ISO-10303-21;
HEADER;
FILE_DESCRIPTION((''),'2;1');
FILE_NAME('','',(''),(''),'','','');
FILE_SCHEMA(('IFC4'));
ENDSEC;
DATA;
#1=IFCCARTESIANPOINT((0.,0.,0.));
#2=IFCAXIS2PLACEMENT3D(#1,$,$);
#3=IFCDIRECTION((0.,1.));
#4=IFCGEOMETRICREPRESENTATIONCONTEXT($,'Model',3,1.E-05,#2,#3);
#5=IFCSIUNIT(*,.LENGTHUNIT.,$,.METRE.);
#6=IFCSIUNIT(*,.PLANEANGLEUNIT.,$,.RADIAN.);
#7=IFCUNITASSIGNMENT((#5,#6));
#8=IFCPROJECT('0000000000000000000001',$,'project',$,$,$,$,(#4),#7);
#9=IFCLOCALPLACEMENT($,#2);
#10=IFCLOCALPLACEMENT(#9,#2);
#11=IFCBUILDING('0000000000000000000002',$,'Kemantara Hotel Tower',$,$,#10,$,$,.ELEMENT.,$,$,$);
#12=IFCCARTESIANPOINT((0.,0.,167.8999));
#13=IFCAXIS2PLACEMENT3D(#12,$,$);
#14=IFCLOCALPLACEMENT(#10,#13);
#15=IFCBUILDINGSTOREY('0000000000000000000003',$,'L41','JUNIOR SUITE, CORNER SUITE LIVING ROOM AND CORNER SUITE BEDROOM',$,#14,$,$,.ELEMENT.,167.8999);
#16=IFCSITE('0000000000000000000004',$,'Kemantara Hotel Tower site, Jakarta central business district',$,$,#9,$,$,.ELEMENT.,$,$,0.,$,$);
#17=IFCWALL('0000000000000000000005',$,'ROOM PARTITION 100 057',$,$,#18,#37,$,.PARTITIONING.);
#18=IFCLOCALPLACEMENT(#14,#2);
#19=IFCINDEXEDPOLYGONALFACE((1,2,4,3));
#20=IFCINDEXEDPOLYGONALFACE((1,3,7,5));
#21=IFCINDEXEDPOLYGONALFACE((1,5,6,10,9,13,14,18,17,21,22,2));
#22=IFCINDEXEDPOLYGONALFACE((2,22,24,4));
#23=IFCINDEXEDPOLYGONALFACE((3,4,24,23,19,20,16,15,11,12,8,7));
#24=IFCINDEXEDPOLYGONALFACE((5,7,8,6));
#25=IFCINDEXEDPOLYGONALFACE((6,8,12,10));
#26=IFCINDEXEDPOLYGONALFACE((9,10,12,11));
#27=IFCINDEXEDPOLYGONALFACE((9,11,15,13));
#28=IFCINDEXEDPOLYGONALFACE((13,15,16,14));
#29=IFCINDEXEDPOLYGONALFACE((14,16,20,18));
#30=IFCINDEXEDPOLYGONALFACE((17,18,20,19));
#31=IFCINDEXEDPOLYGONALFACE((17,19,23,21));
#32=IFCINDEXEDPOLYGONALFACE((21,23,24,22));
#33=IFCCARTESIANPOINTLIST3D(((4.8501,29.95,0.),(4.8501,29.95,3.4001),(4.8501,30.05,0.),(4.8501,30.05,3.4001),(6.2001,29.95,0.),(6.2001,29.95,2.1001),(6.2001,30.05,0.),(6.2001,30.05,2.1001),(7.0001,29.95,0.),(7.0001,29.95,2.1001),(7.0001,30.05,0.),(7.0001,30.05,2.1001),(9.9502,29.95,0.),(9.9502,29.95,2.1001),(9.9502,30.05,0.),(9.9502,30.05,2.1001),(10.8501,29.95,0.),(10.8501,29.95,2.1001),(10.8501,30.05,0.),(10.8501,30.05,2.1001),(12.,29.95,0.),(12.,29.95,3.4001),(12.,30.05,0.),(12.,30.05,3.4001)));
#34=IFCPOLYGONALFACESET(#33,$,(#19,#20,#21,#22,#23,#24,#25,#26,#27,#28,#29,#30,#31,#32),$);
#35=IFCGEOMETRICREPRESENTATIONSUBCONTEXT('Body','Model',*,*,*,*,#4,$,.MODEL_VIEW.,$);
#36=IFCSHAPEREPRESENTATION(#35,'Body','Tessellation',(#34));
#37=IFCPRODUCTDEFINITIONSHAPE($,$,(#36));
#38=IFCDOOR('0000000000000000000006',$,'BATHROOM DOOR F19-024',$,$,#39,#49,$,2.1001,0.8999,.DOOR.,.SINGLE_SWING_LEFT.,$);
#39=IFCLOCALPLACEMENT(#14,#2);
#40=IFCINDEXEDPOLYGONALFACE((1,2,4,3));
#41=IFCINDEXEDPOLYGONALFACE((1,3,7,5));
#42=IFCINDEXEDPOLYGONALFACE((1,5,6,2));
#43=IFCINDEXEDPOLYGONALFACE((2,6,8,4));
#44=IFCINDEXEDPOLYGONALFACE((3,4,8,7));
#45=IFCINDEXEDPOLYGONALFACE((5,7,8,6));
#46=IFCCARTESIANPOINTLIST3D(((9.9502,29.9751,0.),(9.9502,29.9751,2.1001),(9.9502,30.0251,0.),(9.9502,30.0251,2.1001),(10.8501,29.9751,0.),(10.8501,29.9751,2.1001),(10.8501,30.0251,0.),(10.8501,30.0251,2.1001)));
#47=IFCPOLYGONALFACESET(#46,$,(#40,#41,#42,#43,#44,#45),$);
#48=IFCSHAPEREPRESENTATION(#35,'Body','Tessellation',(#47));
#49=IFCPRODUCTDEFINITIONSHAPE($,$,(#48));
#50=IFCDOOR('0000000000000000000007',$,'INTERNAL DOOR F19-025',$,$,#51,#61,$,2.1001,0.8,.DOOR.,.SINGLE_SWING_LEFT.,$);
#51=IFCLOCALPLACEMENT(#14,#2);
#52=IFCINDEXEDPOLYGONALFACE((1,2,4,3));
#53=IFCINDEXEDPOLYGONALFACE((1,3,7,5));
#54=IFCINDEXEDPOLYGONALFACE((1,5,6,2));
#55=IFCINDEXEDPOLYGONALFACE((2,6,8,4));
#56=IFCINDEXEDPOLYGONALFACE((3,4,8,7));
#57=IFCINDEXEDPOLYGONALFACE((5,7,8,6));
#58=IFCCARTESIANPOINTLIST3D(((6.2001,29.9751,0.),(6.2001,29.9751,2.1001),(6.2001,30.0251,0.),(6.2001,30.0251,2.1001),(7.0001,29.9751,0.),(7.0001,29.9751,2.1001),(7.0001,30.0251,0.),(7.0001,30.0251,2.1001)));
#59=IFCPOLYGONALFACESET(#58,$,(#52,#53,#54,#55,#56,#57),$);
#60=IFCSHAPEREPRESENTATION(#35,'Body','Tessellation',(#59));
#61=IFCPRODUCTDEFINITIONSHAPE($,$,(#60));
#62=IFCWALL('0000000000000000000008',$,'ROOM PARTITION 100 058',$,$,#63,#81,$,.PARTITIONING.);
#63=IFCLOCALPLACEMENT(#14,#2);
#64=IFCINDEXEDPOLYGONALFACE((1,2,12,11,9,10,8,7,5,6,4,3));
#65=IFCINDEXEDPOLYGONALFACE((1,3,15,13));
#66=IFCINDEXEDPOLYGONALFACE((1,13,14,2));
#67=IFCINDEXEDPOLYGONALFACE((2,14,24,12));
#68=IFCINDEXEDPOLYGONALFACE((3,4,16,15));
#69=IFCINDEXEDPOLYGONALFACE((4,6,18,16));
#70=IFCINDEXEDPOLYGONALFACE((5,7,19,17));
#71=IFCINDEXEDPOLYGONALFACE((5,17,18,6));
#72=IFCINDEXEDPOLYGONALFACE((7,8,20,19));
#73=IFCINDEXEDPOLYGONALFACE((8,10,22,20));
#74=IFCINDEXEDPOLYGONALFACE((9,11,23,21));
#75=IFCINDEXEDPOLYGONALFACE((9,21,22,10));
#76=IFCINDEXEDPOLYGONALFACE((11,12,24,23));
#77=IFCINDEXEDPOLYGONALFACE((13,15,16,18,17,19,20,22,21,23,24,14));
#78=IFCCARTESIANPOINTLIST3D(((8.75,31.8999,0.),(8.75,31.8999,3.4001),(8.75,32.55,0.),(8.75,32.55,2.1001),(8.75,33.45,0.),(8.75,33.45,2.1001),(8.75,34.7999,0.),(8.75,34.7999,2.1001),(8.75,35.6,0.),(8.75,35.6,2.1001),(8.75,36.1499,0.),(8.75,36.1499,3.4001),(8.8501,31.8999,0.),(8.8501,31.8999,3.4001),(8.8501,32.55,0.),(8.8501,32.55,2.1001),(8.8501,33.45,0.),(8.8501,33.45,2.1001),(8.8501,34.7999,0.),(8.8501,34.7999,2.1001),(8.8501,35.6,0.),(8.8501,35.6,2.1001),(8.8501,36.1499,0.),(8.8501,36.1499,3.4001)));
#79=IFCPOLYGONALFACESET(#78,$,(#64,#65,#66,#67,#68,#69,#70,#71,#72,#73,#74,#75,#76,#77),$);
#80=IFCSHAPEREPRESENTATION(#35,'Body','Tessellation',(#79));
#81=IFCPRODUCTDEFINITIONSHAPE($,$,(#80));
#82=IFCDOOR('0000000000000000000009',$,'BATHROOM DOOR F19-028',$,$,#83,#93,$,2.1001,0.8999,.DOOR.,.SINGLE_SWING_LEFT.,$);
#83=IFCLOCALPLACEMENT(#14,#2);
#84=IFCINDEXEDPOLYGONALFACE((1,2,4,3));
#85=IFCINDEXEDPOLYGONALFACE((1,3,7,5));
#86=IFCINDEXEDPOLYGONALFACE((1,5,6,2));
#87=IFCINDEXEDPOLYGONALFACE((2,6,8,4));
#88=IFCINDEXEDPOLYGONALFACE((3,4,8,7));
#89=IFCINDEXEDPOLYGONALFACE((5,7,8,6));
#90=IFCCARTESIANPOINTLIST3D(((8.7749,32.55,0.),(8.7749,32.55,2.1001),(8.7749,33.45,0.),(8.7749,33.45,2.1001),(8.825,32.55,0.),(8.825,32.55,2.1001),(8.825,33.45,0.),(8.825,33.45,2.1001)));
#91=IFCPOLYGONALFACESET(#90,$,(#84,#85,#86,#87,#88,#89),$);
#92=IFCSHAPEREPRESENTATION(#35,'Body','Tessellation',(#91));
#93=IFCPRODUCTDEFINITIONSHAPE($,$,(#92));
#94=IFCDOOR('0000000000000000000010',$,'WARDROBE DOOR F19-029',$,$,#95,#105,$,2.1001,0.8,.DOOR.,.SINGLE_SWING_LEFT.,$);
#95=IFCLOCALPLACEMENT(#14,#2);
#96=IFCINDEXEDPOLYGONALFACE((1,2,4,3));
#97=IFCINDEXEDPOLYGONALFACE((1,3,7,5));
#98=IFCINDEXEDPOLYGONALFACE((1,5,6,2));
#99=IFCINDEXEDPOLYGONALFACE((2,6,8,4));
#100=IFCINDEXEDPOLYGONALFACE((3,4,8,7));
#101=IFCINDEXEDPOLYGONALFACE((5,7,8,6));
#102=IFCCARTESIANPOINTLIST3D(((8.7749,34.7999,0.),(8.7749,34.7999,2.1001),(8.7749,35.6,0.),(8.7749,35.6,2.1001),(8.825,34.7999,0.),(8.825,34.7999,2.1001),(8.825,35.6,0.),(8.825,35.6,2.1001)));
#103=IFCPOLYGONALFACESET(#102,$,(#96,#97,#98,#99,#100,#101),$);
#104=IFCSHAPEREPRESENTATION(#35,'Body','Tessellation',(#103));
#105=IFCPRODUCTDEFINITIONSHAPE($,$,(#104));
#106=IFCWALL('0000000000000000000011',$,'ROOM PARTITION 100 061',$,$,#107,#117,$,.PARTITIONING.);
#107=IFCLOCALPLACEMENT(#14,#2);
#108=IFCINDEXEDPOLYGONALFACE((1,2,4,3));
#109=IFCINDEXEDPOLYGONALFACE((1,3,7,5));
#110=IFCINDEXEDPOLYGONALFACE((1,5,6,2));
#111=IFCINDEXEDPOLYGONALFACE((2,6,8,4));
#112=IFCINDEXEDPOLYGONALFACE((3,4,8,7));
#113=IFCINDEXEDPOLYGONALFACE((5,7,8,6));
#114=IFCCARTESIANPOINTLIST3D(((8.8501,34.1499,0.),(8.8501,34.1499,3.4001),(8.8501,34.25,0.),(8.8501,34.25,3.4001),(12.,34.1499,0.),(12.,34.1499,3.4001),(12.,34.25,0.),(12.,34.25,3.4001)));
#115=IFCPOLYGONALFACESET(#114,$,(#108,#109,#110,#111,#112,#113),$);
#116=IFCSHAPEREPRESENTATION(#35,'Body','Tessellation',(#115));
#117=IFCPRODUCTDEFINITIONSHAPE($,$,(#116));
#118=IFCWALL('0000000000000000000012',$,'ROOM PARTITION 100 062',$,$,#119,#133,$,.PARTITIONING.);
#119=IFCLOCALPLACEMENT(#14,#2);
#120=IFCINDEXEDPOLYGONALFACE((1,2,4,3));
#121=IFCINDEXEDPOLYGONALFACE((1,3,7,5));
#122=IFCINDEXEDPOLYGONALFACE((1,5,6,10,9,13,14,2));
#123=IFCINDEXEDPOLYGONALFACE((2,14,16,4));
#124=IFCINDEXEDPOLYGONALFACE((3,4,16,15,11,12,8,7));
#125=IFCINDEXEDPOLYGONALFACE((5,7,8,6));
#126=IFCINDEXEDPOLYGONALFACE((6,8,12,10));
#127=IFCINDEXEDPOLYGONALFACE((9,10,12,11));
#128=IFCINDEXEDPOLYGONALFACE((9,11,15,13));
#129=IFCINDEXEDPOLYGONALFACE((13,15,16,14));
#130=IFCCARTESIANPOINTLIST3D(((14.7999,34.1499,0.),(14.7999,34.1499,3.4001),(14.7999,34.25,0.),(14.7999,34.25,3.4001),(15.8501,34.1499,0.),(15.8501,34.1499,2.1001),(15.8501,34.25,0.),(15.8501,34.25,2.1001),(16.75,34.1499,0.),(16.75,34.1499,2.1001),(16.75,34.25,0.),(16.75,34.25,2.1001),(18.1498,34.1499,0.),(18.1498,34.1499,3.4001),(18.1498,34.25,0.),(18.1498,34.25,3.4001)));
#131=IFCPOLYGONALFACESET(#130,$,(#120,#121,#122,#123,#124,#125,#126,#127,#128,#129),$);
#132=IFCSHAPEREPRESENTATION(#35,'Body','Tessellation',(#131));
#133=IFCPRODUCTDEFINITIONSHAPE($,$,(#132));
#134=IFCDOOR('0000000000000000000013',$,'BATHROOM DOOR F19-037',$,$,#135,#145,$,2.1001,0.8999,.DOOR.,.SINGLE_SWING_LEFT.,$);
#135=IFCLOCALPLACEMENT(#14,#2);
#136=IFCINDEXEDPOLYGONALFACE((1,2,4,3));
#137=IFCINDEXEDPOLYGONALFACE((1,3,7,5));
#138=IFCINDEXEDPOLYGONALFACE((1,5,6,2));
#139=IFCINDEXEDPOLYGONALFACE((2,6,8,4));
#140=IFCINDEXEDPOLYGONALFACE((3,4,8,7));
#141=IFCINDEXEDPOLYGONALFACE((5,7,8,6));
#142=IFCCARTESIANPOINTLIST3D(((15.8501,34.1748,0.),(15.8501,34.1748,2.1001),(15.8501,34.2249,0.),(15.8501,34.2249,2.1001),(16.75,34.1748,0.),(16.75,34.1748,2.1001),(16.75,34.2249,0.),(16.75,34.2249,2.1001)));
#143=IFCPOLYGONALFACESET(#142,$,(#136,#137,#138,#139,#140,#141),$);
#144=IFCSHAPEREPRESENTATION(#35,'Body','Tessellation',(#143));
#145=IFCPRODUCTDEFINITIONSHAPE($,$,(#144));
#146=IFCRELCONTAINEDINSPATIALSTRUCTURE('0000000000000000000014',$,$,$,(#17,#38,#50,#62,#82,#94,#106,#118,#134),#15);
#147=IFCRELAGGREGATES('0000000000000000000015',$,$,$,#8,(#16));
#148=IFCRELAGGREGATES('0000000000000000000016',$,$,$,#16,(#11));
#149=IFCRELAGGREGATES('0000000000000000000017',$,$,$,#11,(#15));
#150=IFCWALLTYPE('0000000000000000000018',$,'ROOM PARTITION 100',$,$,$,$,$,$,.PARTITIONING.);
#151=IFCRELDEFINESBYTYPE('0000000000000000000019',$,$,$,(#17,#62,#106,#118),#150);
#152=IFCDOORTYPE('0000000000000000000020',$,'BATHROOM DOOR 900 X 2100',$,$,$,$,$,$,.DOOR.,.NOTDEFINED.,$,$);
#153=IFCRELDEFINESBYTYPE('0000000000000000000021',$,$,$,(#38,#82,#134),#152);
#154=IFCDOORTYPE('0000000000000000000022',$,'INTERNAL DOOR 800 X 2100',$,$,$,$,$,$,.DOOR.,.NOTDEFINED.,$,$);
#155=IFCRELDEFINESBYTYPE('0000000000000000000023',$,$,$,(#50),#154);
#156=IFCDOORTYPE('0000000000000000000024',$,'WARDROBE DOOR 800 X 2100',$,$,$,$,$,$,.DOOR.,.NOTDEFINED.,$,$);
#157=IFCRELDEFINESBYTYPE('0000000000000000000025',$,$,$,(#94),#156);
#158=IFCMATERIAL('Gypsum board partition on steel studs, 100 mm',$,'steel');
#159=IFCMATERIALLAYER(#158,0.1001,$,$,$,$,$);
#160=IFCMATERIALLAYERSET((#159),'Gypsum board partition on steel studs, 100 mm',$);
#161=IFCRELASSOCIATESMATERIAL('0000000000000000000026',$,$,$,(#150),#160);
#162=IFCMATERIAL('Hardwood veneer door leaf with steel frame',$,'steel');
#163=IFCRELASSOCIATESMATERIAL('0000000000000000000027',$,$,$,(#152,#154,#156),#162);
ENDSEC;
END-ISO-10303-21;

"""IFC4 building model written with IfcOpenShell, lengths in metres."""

from ifc_helpers import new_model, si_unit, direction, frame, frame_2d, origin, place, context, subcontext, project, spatial, rectangle, extrude, material, layer, layer_set, type_object, element, fill, save


model = new_model("IFC4")

# Units and contexts
model_context = context("Model", 3, precision=1e-05, world=origin(), true_north=direction((0.0, 1.0)))
body_context = subcontext(model_context, "Body", "Model", "MODEL_VIEW")
ifc_project = project(units=[si_unit("LENGTHUNIT", "METRE"), si_unit("PLANEANGLEUNIT", "RADIAN")], contexts=[model_context])

# Site, building, storey
site_placement = place(None, origin())
site = spatial("IfcSite", under=ifc_project, at=site_placement, Name="Kemantara Hotel Tower site, Jakarta central business district", CompositionType="ELEMENT", RefElevation=0.0)
building_placement = place(site_placement, origin())
building = spatial("IfcBuilding", under=site, at=building_placement, Name="Kemantara Hotel Tower", CompositionType="ELEMENT")
storey_placement = place(building_placement, frame((0.0, 0.0, 167.8999)))
storey = spatial("IfcBuildingStorey", under=building, at=storey_placement, Name="L41", Description="JUNIOR SUITE, CORNER SUITE LIVING ROOM AND CORNER SUITE BEDROOM", CompositionType="ELEMENT", Elevation=167.8999)

# Shared definitions
ifc_material_1 = material(Name="Hardwood veneer door leaf with steel frame", Category="steel")

# Shared definitions
ifc_material_2 = material(Name="Gypsum board partition on steel studs, 100 mm", Category="steel")
ifc_layer_1 = layer(ifc_material_2, 0.1001)
ifc_layer_set_1 = layer_set([ifc_layer_1], Name="Gypsum board partition on steel studs, 100 mm")
wall_type_1 = type_object("IfcWallType", Name="ROOM PARTITION 100", PredefinedType="PARTITIONING", material=ifc_layer_set_1)

# Walls, openings, doors
wall_1_placement = place(storey_placement, frame((12.0, 30.0, 0.0), z_axis=(0.0, 0.0, 1.0), x_axis=(-1.0, 0.0, 0.0)))
wall_1 = element("IfcWall", 1, at=wall_1_placement, inside=storey, type_object=wall_type_1, Name="ROOM PARTITION 100 057", PredefinedType="PARTITIONING", context=body_context, shape_type="SweptSolid", body=[
    extrude(rectangle(XDim=7.1499, YDim=0.1001, at=frame_2d((3.575, 0.0))), origin(), (0.0, 0.0, 1.0), 3.4001),
])
opening_1_placement = place(wall_1_placement, frame((1.1499, 0.0, 0.0)))
opening_1 = element("IfcOpeningElement", 2, at=opening_1_placement, cuts=wall_1, PredefinedType="OPENING", context=body_context, shape_type="SweptSolid", body=[
    extrude(rectangle(XDim=0.8999, YDim=2.1001, at=frame_2d((0.45, 1.05))), frame((0.0, 0.0601, 0.0), z_axis=(0.0, -1.0, 0.0), x_axis=(1.0, 0.0, 0.0)), (0.0, 0.0, 1.0), 0.1201),
])
opening_2_placement = place(wall_1_placement, frame((5.0, 0.0, 0.0)))
opening_2 = element("IfcOpeningElement", 3, at=opening_2_placement, cuts=wall_1, PredefinedType="OPENING", context=body_context, shape_type="SweptSolid", body=[
    extrude(rectangle(XDim=0.8, YDim=2.1001, at=frame_2d((0.3999, 1.05))), frame((0.0, 0.0601, 0.0), z_axis=(0.0, -1.0, 0.0), x_axis=(1.0, 0.0, 0.0)), (0.0, 0.0, 1.0), 0.1201),
])
door_type_1 = type_object("IfcDoorType", Name="BATHROOM DOOR 900 X 2100", OperationType="NOTDEFINED", PredefinedType="DOOR", material=ifc_material_1)
door_1_placement = place(opening_1_placement, origin())
door_1 = element("IfcDoor", 4, at=door_1_placement, inside=storey, type_object=door_type_1, Name="BATHROOM DOOR F19-024", OperationType="SINGLE_SWING_LEFT", OverallHeight=2.1001, OverallWidth=0.8999, PredefinedType="DOOR", context=body_context, shape_type="SweptSolid", body=[
    extrude(rectangle(XDim=0.8999, YDim=2.1001, at=frame_2d((0.45, 1.05))), frame((0.0, 0.0249, 0.0), z_axis=(0.0, -1.0, 0.0), x_axis=(1.0, 0.0, 0.0)), (0.0, 0.0, 1.0), 0.05),
])
fill(opening_1, door_1)
door_type_2 = type_object("IfcDoorType", Name="INTERNAL DOOR 800 X 2100", OperationType="NOTDEFINED", PredefinedType="DOOR", material=ifc_material_1)
door_2_placement = place(opening_2_placement, origin())
door_2 = element("IfcDoor", 5, at=door_2_placement, inside=storey, type_object=door_type_2, Name="INTERNAL DOOR F19-025", OperationType="SINGLE_SWING_LEFT", OverallHeight=2.1001, OverallWidth=0.8, PredefinedType="DOOR", context=body_context, shape_type="SweptSolid", body=[
    extrude(rectangle(XDim=0.8, YDim=2.1001, at=frame_2d((0.3999, 1.05))), frame((0.0, 0.0249, 0.0), z_axis=(0.0, -1.0, 0.0), x_axis=(1.0, 0.0, 0.0)), (0.0, 0.0, 1.0), 0.05),
])
fill(opening_2, door_2)
wall_2_placement = place(storey_placement, frame((8.8, 36.1499, 0.0), z_axis=(0.0, 0.0, 1.0), x_axis=(0.0, -1.0, 0.0)))
wall_2 = element("IfcWall", 6, at=wall_2_placement, inside=storey, type_object=wall_type_1, Name="ROOM PARTITION 100 058", PredefinedType="PARTITIONING", context=body_context, shape_type="SweptSolid", body=[
    extrude(rectangle(XDim=4.25, YDim=0.1001, at=frame_2d((2.125, 0.0))), origin(), (0.0, 0.0, 1.0), 3.4001),
])
opening_3_placement = place(wall_2_placement, frame((2.7, 0.0, 0.0)))
opening_3 = element("IfcOpeningElement", 7, at=opening_3_placement, cuts=wall_2, PredefinedType="OPENING", context=body_context, shape_type="SweptSolid", body=[
    extrude(rectangle(XDim=0.8999, YDim=2.1001, at=frame_2d((0.45, 1.05))), frame((0.0, 0.0601, 0.0), z_axis=(0.0, -1.0, 0.0), x_axis=(1.0, 0.0, 0.0)), (0.0, 0.0, 1.0), 0.1201),
])
opening_4_placement = place(wall_2_placement, frame((0.55, 0.0, 0.0)))
opening_4 = element("IfcOpeningElement", 8, at=opening_4_placement, cuts=wall_2, PredefinedType="OPENING", context=body_context, shape_type="SweptSolid", body=[
    extrude(rectangle(XDim=0.8, YDim=2.1001, at=frame_2d((0.3999, 1.05))), frame((0.0, 0.0601, 0.0), z_axis=(0.0, -1.0, 0.0), x_axis=(1.0, 0.0, 0.0)), (0.0, 0.0, 1.0), 0.1201),
])
door_3_placement = place(opening_3_placement, origin())
door_3 = element("IfcDoor", 9, at=door_3_placement, inside=storey, type_object=door_type_1, Name="BATHROOM DOOR F19-028", OperationType="SINGLE_SWING_LEFT", OverallHeight=2.1001, OverallWidth=0.8999, PredefinedType="DOOR", context=body_context, shape_type="SweptSolid", body=[
    extrude(rectangle(XDim=0.8999, YDim=2.1001, at=frame_2d((0.45, 1.05))), frame((0.0, 0.0249, 0.0), z_axis=(0.0, -1.0, 0.0), x_axis=(1.0, 0.0, 0.0)), (0.0, 0.0, 1.0), 0.05),
])
fill(opening_3, door_3)
door_type_3 = type_object("IfcDoorType", Name="WARDROBE DOOR 800 X 2100", OperationType="NOTDEFINED", PredefinedType="DOOR", material=ifc_material_1)
door_4_placement = place(opening_4_placement, origin())
door_4 = element("IfcDoor", 10, at=door_4_placement, inside=storey, type_object=door_type_3, Name="WARDROBE DOOR F19-029", OperationType="SINGLE_SWING_LEFT", OverallHeight=2.1001, OverallWidth=0.8, PredefinedType="DOOR", context=body_context, shape_type="SweptSolid", body=[
    extrude(rectangle(XDim=0.8, YDim=2.1001, at=frame_2d((0.3999, 1.05))), frame((0.0, 0.0249, 0.0), z_axis=(0.0, -1.0, 0.0), x_axis=(1.0, 0.0, 0.0)), (0.0, 0.0, 1.0), 0.05),
])
fill(opening_4, door_4)

# Wall
wall_3_placement = place(storey_placement, frame((8.8501, 34.2, 0.0), z_axis=(0.0, 0.0, 1.0), x_axis=(1.0, 0.0, 0.0)))
element("IfcWall", 11, at=wall_3_placement, inside=storey, type_object=wall_type_1, Name="ROOM PARTITION 100 061", PredefinedType="PARTITIONING", context=body_context, shape_type="SweptSolid", body=[
    extrude(rectangle(XDim=3.1499, YDim=0.1001, at=frame_2d((1.575, 0.0))), origin(), (0.0, 0.0, 1.0), 3.4001),
])

# Wall, opening, door
wall_4_placement = place(storey_placement, frame((14.8, 34.2, 0.0), z_axis=(0.0, 0.0, 1.0), x_axis=(1.0, 0.0, 0.0)))
wall_4 = element("IfcWall", 12, at=wall_4_placement, inside=storey, type_object=wall_type_1, Name="ROOM PARTITION 100 062", PredefinedType="PARTITIONING", context=body_context, shape_type="SweptSolid", body=[
    extrude(rectangle(XDim=3.3499, YDim=0.1001, at=frame_2d((1.6748, 0.0))), origin(), (0.0, 0.0, 1.0), 3.4001),
])
opening_5_placement = place(wall_4_placement, frame((1.05, 0.0, 0.0)))
opening_5 = element("IfcOpeningElement", 13, at=opening_5_placement, cuts=wall_4, PredefinedType="OPENING", context=body_context, shape_type="SweptSolid", body=[
    extrude(rectangle(XDim=0.8999, YDim=2.1001, at=frame_2d((0.45, 1.05))), frame((0.0, 0.0601, 0.0), z_axis=(0.0, -1.0, 0.0), x_axis=(1.0, 0.0, 0.0)), (0.0, 0.0, 1.0), 0.1201),
])
door_5_placement = place(opening_5_placement, origin())
door_5 = element("IfcDoor", 14, at=door_5_placement, inside=storey, type_object=door_type_1, Name="BATHROOM DOOR F19-037", OperationType="SINGLE_SWING_LEFT", OverallHeight=2.1001, OverallWidth=0.8999, PredefinedType="DOOR", context=body_context, shape_type="SweptSolid", body=[
    extrude(rectangle(XDim=0.8999, YDim=2.1001, at=frame_2d((0.45, 1.05))), frame((0.0, 0.0249, 0.0), z_axis=(0.0, -1.0, 0.0), x_axis=(1.0, 0.0, 0.0)), (0.0, 0.0, 1.0), 0.05),
])
fill(opening_5, door_5)

save(model, "model.ifc")
